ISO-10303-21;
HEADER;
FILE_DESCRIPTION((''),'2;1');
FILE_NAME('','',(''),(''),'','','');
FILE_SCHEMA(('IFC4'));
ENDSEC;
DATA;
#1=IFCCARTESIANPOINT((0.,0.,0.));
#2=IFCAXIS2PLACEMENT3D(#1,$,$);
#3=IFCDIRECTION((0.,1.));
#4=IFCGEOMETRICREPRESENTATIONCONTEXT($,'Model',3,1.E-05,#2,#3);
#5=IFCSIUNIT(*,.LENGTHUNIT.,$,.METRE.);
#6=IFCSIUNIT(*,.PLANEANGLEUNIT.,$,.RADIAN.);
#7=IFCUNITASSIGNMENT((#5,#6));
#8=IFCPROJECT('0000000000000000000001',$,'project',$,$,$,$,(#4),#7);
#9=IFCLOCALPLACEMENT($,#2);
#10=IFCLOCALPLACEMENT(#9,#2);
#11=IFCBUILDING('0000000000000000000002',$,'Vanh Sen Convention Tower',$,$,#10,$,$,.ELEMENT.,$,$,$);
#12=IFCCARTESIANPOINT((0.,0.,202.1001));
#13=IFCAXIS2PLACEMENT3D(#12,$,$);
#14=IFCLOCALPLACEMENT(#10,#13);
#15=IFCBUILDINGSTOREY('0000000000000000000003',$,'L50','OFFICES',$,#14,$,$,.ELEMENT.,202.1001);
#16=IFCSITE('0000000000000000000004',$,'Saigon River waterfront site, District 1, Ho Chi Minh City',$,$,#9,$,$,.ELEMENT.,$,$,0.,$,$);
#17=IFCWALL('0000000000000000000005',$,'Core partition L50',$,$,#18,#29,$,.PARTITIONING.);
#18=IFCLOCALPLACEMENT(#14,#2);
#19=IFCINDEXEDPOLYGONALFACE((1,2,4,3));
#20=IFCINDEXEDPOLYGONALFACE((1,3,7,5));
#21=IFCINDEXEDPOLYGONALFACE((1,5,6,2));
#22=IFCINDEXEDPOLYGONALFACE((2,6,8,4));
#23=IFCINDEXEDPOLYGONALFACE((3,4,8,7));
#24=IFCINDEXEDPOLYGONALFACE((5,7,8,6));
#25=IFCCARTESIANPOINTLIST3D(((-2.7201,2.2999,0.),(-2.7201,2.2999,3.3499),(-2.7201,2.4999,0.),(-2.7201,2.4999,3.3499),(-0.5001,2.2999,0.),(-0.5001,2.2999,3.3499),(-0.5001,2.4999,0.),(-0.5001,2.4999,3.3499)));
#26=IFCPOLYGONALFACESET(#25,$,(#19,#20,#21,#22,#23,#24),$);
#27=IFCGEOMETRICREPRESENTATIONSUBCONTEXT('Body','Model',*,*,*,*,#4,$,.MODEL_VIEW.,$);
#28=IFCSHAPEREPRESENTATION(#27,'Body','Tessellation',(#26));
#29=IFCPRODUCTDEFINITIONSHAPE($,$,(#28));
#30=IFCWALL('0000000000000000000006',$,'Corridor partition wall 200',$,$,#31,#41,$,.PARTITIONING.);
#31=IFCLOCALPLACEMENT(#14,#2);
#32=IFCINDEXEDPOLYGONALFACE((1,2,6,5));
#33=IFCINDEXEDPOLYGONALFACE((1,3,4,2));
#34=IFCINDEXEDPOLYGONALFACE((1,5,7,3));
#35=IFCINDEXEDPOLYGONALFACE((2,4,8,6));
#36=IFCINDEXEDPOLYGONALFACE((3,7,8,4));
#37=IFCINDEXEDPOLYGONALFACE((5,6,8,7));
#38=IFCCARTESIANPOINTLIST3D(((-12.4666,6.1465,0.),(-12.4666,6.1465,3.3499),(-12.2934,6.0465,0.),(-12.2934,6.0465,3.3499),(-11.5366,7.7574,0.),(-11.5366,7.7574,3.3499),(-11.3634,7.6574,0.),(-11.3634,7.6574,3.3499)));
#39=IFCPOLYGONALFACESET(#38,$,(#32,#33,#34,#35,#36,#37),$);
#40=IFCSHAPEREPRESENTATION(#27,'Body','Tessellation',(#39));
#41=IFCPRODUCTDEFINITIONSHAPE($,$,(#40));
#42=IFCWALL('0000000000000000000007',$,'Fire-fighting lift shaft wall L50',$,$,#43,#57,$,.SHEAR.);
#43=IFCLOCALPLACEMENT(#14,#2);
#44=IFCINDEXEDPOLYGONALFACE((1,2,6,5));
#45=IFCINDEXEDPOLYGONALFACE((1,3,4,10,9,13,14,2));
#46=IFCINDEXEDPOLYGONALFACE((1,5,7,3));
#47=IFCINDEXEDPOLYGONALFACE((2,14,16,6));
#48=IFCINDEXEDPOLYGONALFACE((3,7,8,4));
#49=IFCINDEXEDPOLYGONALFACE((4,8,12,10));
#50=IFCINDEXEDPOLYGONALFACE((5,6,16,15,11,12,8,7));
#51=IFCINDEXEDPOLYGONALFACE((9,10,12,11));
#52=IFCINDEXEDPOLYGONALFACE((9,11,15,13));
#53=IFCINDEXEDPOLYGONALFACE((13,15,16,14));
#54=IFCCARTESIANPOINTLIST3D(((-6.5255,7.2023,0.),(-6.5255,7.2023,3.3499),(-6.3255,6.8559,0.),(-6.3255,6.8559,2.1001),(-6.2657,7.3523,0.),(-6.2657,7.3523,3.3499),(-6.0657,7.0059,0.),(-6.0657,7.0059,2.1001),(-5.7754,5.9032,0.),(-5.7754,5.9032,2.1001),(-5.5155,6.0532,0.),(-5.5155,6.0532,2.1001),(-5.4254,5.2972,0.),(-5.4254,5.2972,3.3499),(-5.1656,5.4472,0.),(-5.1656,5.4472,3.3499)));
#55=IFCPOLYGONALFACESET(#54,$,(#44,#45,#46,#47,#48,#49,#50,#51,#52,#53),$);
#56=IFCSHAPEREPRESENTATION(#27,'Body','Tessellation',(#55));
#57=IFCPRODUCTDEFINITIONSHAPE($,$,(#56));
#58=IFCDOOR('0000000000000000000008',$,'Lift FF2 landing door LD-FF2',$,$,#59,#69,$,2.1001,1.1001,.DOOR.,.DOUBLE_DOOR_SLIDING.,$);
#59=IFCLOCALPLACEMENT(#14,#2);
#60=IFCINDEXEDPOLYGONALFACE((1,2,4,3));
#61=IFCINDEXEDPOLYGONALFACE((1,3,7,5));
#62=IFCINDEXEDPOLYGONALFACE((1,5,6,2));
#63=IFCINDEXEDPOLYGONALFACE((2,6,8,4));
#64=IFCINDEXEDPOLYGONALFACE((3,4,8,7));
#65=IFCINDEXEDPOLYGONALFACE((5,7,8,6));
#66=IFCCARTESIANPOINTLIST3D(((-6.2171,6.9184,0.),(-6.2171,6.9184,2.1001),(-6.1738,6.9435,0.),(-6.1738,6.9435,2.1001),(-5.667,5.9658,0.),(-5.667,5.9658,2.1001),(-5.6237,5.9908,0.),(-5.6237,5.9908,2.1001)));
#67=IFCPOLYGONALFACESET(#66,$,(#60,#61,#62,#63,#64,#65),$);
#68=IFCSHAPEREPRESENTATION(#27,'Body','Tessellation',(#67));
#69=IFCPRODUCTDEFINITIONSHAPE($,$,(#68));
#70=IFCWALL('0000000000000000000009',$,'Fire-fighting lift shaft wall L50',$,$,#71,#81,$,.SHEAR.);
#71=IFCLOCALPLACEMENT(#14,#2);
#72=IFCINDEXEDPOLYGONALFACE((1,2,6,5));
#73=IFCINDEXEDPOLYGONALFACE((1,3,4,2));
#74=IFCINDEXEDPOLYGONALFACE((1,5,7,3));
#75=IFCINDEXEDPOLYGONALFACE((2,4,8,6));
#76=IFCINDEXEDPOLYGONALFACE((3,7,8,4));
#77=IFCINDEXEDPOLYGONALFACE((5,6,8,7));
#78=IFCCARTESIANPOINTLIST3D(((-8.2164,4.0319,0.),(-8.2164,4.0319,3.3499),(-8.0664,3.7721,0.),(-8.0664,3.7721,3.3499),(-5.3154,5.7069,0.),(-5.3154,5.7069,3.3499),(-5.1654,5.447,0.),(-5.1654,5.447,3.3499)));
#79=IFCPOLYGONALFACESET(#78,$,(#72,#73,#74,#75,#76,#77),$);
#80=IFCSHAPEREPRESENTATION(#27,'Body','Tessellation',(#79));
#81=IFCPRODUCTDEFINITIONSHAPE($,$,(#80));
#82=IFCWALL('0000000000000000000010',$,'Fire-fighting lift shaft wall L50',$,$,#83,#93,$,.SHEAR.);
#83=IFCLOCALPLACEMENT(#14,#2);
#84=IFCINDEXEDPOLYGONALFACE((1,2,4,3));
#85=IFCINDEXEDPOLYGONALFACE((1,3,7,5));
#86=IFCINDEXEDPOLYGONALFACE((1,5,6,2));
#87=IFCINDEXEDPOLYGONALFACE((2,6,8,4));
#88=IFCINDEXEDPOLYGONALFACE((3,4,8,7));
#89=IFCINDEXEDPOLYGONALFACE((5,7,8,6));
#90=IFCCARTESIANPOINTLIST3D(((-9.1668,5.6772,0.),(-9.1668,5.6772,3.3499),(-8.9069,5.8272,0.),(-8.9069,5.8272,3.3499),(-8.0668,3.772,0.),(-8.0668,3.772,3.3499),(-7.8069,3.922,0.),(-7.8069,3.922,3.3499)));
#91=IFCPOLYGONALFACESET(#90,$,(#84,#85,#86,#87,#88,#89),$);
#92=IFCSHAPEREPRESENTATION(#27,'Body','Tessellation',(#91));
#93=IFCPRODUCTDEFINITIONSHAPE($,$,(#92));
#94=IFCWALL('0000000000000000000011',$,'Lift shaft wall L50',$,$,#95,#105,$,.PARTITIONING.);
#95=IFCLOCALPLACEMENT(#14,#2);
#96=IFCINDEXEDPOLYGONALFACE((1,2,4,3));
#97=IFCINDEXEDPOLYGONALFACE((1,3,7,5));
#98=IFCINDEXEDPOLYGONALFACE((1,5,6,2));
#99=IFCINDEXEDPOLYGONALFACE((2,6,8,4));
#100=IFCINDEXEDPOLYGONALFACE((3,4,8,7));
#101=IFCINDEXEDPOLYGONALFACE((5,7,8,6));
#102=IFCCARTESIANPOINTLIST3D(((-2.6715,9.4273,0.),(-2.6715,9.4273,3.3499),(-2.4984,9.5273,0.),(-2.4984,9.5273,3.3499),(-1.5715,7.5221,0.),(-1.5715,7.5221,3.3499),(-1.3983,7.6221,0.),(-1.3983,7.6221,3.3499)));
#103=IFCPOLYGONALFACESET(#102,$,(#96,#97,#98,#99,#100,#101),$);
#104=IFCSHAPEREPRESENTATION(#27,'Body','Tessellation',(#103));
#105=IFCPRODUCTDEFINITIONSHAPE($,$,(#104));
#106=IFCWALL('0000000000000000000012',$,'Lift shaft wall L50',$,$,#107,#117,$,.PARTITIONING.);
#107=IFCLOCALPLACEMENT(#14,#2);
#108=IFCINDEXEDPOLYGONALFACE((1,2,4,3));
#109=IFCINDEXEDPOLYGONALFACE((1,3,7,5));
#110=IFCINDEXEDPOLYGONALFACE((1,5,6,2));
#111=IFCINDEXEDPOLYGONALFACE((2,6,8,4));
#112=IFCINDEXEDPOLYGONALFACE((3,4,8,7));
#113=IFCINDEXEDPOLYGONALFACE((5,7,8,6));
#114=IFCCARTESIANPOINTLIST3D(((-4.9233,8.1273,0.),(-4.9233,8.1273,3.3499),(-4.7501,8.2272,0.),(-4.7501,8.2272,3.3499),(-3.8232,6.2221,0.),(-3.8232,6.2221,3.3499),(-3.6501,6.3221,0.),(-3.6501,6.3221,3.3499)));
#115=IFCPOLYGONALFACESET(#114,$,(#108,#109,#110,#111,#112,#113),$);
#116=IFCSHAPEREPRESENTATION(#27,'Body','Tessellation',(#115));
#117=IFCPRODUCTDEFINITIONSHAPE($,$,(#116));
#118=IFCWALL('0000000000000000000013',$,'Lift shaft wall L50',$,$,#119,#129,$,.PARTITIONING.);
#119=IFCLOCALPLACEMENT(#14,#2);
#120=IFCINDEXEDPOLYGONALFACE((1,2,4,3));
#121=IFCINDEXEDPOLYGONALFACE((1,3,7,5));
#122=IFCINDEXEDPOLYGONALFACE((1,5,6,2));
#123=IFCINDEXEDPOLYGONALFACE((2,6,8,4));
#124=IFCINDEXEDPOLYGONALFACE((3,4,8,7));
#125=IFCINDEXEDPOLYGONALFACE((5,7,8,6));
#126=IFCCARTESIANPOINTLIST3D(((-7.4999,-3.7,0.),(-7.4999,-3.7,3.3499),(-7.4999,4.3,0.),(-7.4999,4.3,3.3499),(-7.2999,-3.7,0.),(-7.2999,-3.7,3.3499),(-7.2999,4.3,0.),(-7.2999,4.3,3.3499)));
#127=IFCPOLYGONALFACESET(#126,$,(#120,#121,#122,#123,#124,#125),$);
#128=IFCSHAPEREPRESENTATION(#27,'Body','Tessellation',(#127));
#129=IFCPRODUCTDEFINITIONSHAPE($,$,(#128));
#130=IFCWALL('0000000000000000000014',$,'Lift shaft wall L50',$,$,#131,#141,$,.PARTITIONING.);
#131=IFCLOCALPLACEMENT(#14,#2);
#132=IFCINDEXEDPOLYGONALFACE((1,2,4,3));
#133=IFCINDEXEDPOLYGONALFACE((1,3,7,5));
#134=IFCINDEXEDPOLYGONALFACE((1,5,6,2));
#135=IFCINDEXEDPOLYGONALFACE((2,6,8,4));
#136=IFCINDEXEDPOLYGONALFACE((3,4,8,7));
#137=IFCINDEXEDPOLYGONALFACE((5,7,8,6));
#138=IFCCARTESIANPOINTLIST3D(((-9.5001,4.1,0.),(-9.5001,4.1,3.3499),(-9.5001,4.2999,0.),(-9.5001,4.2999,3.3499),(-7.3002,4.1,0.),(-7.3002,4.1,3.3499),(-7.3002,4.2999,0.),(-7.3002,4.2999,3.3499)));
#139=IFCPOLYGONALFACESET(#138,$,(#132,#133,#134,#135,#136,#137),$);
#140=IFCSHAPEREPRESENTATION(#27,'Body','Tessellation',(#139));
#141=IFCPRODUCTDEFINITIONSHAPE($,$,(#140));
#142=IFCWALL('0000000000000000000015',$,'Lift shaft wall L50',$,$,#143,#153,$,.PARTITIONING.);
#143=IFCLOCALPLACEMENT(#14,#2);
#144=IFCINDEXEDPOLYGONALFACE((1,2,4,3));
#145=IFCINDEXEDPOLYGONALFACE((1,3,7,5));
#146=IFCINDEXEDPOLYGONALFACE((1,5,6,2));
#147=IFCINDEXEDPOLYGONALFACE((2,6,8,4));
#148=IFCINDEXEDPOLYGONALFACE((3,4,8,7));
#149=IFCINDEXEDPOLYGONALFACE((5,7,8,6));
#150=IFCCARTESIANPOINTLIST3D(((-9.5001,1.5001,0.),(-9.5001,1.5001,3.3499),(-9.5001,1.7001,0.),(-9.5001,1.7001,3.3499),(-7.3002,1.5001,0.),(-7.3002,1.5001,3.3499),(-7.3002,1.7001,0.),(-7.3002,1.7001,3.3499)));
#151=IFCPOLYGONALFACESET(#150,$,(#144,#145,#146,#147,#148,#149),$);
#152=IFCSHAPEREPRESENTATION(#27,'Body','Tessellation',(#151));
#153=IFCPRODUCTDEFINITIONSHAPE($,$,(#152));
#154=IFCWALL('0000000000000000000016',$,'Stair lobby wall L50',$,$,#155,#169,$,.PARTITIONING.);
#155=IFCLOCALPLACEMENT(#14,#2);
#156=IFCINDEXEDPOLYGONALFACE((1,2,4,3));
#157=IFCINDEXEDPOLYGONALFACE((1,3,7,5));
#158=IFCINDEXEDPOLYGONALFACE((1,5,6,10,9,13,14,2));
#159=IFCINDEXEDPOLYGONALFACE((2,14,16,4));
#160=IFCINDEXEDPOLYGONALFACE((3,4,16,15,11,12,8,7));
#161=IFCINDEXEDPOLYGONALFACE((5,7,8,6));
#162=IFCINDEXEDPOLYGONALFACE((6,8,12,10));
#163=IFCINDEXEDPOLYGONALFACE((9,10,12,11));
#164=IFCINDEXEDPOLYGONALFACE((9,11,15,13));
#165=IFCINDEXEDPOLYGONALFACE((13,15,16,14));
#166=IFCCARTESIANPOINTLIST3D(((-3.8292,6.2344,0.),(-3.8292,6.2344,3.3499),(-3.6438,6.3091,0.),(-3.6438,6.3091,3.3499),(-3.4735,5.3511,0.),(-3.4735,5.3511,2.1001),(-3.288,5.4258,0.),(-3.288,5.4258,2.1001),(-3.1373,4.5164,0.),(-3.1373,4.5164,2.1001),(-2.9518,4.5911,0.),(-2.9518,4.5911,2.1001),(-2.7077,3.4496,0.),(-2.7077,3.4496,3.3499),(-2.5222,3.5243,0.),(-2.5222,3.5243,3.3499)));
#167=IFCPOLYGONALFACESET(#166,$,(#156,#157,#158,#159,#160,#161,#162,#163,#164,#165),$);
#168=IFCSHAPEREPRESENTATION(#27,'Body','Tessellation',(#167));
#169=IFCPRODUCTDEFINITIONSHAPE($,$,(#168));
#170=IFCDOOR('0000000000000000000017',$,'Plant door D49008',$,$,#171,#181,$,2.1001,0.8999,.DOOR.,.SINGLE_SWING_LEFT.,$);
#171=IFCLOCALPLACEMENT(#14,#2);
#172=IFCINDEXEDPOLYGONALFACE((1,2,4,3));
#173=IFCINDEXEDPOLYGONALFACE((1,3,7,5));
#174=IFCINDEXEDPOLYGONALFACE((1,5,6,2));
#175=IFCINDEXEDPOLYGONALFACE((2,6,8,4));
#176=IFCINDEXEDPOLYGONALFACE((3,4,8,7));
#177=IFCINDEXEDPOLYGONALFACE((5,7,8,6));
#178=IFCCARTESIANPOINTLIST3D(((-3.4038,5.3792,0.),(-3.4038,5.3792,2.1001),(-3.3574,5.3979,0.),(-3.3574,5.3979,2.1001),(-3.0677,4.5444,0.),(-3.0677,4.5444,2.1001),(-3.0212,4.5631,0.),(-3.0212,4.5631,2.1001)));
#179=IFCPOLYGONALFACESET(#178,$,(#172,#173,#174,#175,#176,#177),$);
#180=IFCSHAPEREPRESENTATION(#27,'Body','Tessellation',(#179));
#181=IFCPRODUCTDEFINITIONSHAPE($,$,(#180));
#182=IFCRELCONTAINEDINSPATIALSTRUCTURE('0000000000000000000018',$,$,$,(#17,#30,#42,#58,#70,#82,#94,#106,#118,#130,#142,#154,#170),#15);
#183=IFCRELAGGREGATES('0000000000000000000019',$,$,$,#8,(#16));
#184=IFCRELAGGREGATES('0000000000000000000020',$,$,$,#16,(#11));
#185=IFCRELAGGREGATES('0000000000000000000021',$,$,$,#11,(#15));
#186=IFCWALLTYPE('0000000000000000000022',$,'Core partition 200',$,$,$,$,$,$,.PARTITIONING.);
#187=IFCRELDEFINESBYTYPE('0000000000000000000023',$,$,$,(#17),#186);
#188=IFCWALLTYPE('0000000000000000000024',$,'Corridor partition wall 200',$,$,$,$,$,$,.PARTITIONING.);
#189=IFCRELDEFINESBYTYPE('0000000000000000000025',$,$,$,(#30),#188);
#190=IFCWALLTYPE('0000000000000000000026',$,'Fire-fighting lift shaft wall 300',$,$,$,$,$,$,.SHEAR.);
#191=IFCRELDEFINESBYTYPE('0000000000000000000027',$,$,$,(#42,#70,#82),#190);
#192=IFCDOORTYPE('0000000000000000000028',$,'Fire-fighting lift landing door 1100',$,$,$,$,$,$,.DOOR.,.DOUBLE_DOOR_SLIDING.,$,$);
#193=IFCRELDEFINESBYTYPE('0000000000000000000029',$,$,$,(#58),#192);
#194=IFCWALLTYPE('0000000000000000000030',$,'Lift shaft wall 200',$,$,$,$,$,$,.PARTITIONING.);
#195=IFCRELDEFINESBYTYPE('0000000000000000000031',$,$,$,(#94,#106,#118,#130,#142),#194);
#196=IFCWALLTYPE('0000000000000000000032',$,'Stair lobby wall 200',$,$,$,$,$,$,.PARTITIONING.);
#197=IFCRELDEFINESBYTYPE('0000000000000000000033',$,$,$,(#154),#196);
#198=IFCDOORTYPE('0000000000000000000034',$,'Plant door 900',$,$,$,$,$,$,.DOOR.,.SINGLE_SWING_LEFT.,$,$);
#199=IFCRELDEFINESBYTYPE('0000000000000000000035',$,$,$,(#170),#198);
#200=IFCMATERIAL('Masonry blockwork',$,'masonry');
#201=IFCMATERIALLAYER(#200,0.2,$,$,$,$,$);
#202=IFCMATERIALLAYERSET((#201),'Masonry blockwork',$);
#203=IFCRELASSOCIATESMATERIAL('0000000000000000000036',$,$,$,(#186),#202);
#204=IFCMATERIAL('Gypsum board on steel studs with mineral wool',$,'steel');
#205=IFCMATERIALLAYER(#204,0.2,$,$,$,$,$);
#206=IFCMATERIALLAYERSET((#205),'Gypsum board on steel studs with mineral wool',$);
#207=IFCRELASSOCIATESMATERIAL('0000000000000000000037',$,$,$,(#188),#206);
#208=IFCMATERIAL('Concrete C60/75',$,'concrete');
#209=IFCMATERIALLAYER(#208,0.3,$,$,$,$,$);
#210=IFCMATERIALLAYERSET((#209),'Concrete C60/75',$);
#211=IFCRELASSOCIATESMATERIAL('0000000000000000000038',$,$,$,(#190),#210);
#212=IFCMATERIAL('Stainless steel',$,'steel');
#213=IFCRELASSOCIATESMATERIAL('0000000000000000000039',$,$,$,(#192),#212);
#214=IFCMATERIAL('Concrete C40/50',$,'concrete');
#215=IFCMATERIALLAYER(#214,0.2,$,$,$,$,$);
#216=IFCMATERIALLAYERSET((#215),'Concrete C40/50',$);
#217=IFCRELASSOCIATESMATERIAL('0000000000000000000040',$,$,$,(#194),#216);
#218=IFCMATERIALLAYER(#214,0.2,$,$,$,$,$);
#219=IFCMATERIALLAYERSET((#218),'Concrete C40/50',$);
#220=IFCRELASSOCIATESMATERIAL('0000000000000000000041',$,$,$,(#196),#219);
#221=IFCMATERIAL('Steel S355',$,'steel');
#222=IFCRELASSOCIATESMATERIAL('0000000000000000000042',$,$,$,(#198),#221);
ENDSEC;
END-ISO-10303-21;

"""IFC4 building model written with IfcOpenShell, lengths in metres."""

from ifc_helpers import new_model, si_unit, direction, frame, frame_2d, origin, place, context, subcontext, project, spatial, rectangle, extrude, material, layer, layer_set, type_object, element, fill, save


model = new_model("IFC4")

# Units and contexts
model_context = context("Model", 3, precision=1e-05, world=origin(), true_north=direction((0.0, 1.0)))
body_context = subcontext(model_context, "Body", "Model", "MODEL_VIEW")
ifc_project = project(units=[si_unit("LENGTHUNIT", "METRE"), si_unit("PLANEANGLEUNIT", "RADIAN")], contexts=[model_context])

# Site, building, storey
site_placement = place(None, origin())
site = spatial("IfcSite", under=ifc_project, at=site_placement, Name="Saigon River waterfront site, District 1, Ho Chi Minh City", CompositionType="ELEMENT", RefElevation=0.0)
building_placement = place(site_placement, origin())
building = spatial("IfcBuilding", under=site, at=building_placement, Name="Vanh Sen Convention Tower", CompositionType="ELEMENT")
storey_placement = place(building_placement, frame((0.0, 0.0, 202.1001)))
storey = spatial("IfcBuildingStorey", under=building, at=storey_placement, Name="L50", Description="OFFICES", CompositionType="ELEMENT", Elevation=202.1001)

# Shared definitions
ifc_material_1 = material(Name="Concrete C40/50", Category="concrete")

# Shared definitions
ifc_material_2 = material(Name="Stainless steel", Category="steel")

# Walls
ifc_material_3 = material(Name="Masonry blockwork", Category="masonry")
ifc_layer_1 = layer(ifc_material_3, 0.2)
ifc_layer_set_1 = layer_set([ifc_layer_1], Name="Masonry blockwork")
wall_type_1 = type_object("IfcWallType", Name="Core partition 200", PredefinedType="PARTITIONING", material=ifc_layer_set_1)
wall_1_placement = place(storey_placement, frame((-2.72, 2.3999, 0.0), z_axis=(0.0, 0.0, 1.0), x_axis=(1.0, 0.0, 0.0)))
element("IfcWall", 1, at=wall_1_placement, inside=storey, type_object=wall_type_1, Name="Core partition L50", PredefinedType="PARTITIONING", context=body_context, shape_type="SweptSolid", body=[
    extrude(rectangle(XDim=2.22, YDim=0.2, at=frame_2d((1.1099, 0.0))), origin(), (0.0, 0.0, 1.0), 3.3499),
])
ifc_material_4 = material(Name="Gypsum board on steel studs with mineral wool", Category="steel")
ifc_layer_2 = layer(ifc_material_4, 0.2)
ifc_layer_set_2 = layer_set([ifc_layer_2], Name="Gypsum board on steel studs with mineral wool")
wall_type_2 = type_object("IfcWallType", Name="Corridor partition wall 200", PredefinedType="PARTITIONING", material=ifc_layer_set_2)
wall_2_placement = place(storey_placement, frame((-11.45, 7.7075, 0.0), z_axis=(0.0, 0.0, 1.0), x_axis=(-0.499965, -0.866046, 0.0)))
element("IfcWall", 2, at=wall_2_placement, inside=storey, type_object=wall_type_2, Name="Corridor partition wall 200", PredefinedType="PARTITIONING", context=body_context, shape_type="SweptSolid", body=[
    extrude(rectangle(XDim=1.8601, YDim=0.2, at=frame_2d((0.9302, 0.0))), origin(), (0.0, 0.0, 1.0), 3.3499),
])

# Wall, opening, door
ifc_material_5 = material(Name="Concrete C60/75", Category="concrete")
ifc_layer_3 = layer(ifc_material_5, 0.3)
ifc_layer_set_3 = layer_set([ifc_layer_3], Name="Concrete C60/75")
wall_type_3 = type_object("IfcWallType", Name="Fire-fighting lift shaft wall 300", PredefinedType="SHEAR", material=ifc_layer_set_3)
wall_3_placement = place(storey_placement, frame((-5.2954, 5.3721, 0.0), z_axis=(0.0, 0.0, 1.0), x_axis=(-0.500078, 0.86598, 0.0)))
wall_3 = element("IfcWall", 3, at=wall_3_placement, inside=storey, type_object=wall_type_3, Name="Fire-fighting lift shaft wall L50", PredefinedType="SHEAR", context=body_context, shape_type="SweptSolid", body=[
    extrude(rectangle(XDim=2.2, YDim=0.3, at=frame_2d((1.1001, 0.0))), origin(), (0.0, 0.0, 1.0), 3.3499),
])
opening_1_placement = place(wall_3_placement, frame((0.7, 0.0, 0.0)))
opening_1 = element("IfcOpeningElement", 4, at=opening_1_placement, cuts=wall_3, PredefinedType="OPENING", context=body_context, shape_type="SweptSolid", body=[
    extrude(rectangle(XDim=1.1001, YDim=2.1001, at=frame_2d((0.55, 1.05))), frame((0.0, 0.1599, 0.0), z_axis=(0.0, -1.0, 0.0), x_axis=(1.0, 0.0, 0.0)), (0.0, 0.0, 1.0), 0.3201),
])
door_type_1 = type_object("IfcDoorType", Name="Fire-fighting lift landing door 1100", OperationType="DOUBLE_DOOR_SLIDING", PredefinedType="DOOR", material=ifc_material_2)
door_1_placement = place(opening_1_placement, origin())
door_1 = element("IfcDoor", 5, at=door_1_placement, inside=storey, type_object=door_type_1, Name="Lift FF2 landing door LD-FF2", OperationType="DOUBLE_DOOR_SLIDING", OverallHeight=2.1001, OverallWidth=1.1001, PredefinedType="DOOR", context=body_context, shape_type="SweptSolid", body=[
    extrude(rectangle(XDim=1.1001, YDim=2.1001, at=frame_2d((0.55, 1.05))), frame((0.0, 0.0249, 0.0), z_axis=(0.0, -1.0, 0.0), x_axis=(1.0, 0.0, 0.0)), (0.0, 0.0, 1.0), 0.05),
])
fill(opening_1, door_1)

# Walls
wall_4_placement = place(storey_placement, frame((-5.2405, 5.5769, 0.0), z_axis=(0.0, 0.0, 1.0), x_axis=(-0.866014, -0.500019, 0.0)))
element("IfcWall", 6, at=wall_4_placement, inside=storey, type_object=wall_type_3, Name="Fire-fighting lift shaft wall L50", PredefinedType="SHEAR", context=body_context, shape_type="SweptSolid", body=[
    extrude(rectangle(XDim=3.3499, YDim=0.3, at=frame_2d((1.6748, 0.0))), origin(), (0.0, 0.0, 1.0), 3.3499),
])
wall_5_placement = place(storey_placement, frame((-7.9368, 3.8469, 0.0), z_axis=(0.0, 0.0, 1.0), x_axis=(-0.50003, 0.866008, 0.0)))
element("IfcWall", 7, at=wall_5_placement, inside=storey, type_object=wall_type_3, Name="Fire-fighting lift shaft wall L50", PredefinedType="SHEAR", context=body_context, shape_type="SweptSolid", body=[
    extrude(rectangle(XDim=2.2, YDim=0.3, at=frame_2d((1.1001, 0.0))), origin(), (0.0, 0.0, 1.0), 3.3499),
])
ifc_layer_4 = layer(ifc_material_1, 0.2)
ifc_layer_set_4 = layer_set([ifc_layer_4], Name="Concrete C40/50")
wall_type_4 = type_object("IfcWallType", Name="Lift shaft wall 200", PredefinedType="PARTITIONING", material=ifc_layer_set_4)
for number, where, z_axis, x_axis, name in (
    (8, (-1.4849, 7.572, 0.0), (0.0, 0.0, 1.0), (-0.50003, 0.866008, 0.0), "Lift shaft wall L50"),
    (9, (-3.7366, 6.272, 0.0), (0.0, 0.0, 1.0), (-0.50003, 0.866008, 0.0), "Lift shaft wall L50"),
):
    element("IfcWall", number, at=place(storey_placement, frame(where, z_axis=z_axis, x_axis=x_axis)), inside=storey, type_object=wall_type_4, Name=name, PredefinedType="PARTITIONING", context=body_context, shape_type="SweptSolid", body=[
        extrude(rectangle(XDim=2.2, YDim=0.2, at=frame_2d((1.1001, 0.0))), origin(), (0.0, 0.0, 1.0), 3.3499),
    ])
wall_6_placement = place(storey_placement, frame((-7.3999, 4.3, 0.0), z_axis=(0.0, 0.0, 1.0), x_axis=(0.0, -1.0, 0.0)))
element("IfcWall", 10, at=wall_6_placement, inside=storey, type_object=wall_type_4, Name="Lift shaft wall L50", PredefinedType="PARTITIONING", context=body_context, shape_type="SweptSolid", body=[
    extrude(rectangle(XDim=8.0, YDim=0.2, at=frame_2d((4.0, 0.0))), origin(), (0.0, 0.0, 1.0), 3.3499),
])
for number, where, z_axis, x_axis, name in (
    (11, (-7.3, 4.2, 0.0), (0.0, 0.0, 1.0), (-1.0, 0.0, 0.0), "Lift shaft wall L50"),
    (12, (-7.3, 1.6001, 0.0), (0.0, 0.0, 1.0), (-1.0, 0.0, 0.0), "Lift shaft wall L50"),
):
    element("IfcWall", number, at=place(storey_placement, frame(where, z_axis=z_axis, x_axis=x_axis)), inside=storey, type_object=wall_type_4, Name=name, PredefinedType="PARTITIONING", context=body_context, shape_type="SweptSolid", body=[
        extrude(rectangle(XDim=2.2, YDim=0.2, at=frame_2d((1.1001, 0.0))), origin(), (0.0, 0.0, 1.0), 3.3499),
    ])

# Wall, opening, door
ifc_layer_5 = layer(ifc_material_1, 0.2)
ifc_layer_set_5 = layer_set([ifc_layer_5], Name="Concrete C40/50")
wall_type_5 = type_object("IfcWallType", Name="Stair lobby wall 200", PredefinedType="PARTITIONING", material=ifc_layer_set_5)
wall_7_placement = place(storey_placement, frame((-2.615, 3.4871, 0.0), z_axis=(0.0, 0.0, 1.0), x_axis=(-0.373577, 0.927599, 0.0)))
wall_7 = element("IfcWall", 13, at=wall_7_placement, inside=storey, type_object=wall_type_5, Name="Stair lobby wall L50", PredefinedType="PARTITIONING", context=body_context, shape_type="SweptSolid", body=[
    extrude(rectangle(XDim=3.0022, YDim=0.2, at=frame_2d((1.501, 0.0))), origin(), (0.0, 0.0, 1.0), 3.3499),
])
opening_2_placement = place(wall_7_placement, frame((1.1499, 0.0, 0.0)))
opening_2 = element("IfcOpeningElement", 14, at=opening_2_placement, cuts=wall_7, PredefinedType="OPENING", context=body_context, shape_type="SweptSolid", body=[
    extrude(rectangle(XDim=0.8999, YDim=2.1001, at=frame_2d((0.45, 1.05))), frame((0.0, 0.1099, 0.0), z_axis=(0.0, -1.0, 0.0), x_axis=(1.0, 0.0, 0.0)), (0.0, 0.0, 1.0), 0.22),
])
ifc_material_6 = material(Name="Steel S355", Category="steel")
door_type_2 = type_object("IfcDoorType", Name="Plant door 900", OperationType="SINGLE_SWING_LEFT", PredefinedType="DOOR", material=ifc_material_6)
door_2_placement = place(opening_2_placement, origin())
door_2 = element("IfcDoor", 15, at=door_2_placement, inside=storey, type_object=door_type_2, Name="Plant door D49008", OperationType="SINGLE_SWING_LEFT", OverallHeight=2.1001, OverallWidth=0.8999, PredefinedType="DOOR", context=body_context, shape_type="SweptSolid", body=[
    extrude(rectangle(XDim=0.8999, YDim=2.1001, at=frame_2d((0.45, 1.05))), frame((0.0, 0.0249, 0.0), z_axis=(0.0, -1.0, 0.0), x_axis=(1.0, 0.0, 0.0)), (0.0, 0.0, 1.0), 0.05),
])
fill(opening_2, door_2)

save(model, "model.ifc")
